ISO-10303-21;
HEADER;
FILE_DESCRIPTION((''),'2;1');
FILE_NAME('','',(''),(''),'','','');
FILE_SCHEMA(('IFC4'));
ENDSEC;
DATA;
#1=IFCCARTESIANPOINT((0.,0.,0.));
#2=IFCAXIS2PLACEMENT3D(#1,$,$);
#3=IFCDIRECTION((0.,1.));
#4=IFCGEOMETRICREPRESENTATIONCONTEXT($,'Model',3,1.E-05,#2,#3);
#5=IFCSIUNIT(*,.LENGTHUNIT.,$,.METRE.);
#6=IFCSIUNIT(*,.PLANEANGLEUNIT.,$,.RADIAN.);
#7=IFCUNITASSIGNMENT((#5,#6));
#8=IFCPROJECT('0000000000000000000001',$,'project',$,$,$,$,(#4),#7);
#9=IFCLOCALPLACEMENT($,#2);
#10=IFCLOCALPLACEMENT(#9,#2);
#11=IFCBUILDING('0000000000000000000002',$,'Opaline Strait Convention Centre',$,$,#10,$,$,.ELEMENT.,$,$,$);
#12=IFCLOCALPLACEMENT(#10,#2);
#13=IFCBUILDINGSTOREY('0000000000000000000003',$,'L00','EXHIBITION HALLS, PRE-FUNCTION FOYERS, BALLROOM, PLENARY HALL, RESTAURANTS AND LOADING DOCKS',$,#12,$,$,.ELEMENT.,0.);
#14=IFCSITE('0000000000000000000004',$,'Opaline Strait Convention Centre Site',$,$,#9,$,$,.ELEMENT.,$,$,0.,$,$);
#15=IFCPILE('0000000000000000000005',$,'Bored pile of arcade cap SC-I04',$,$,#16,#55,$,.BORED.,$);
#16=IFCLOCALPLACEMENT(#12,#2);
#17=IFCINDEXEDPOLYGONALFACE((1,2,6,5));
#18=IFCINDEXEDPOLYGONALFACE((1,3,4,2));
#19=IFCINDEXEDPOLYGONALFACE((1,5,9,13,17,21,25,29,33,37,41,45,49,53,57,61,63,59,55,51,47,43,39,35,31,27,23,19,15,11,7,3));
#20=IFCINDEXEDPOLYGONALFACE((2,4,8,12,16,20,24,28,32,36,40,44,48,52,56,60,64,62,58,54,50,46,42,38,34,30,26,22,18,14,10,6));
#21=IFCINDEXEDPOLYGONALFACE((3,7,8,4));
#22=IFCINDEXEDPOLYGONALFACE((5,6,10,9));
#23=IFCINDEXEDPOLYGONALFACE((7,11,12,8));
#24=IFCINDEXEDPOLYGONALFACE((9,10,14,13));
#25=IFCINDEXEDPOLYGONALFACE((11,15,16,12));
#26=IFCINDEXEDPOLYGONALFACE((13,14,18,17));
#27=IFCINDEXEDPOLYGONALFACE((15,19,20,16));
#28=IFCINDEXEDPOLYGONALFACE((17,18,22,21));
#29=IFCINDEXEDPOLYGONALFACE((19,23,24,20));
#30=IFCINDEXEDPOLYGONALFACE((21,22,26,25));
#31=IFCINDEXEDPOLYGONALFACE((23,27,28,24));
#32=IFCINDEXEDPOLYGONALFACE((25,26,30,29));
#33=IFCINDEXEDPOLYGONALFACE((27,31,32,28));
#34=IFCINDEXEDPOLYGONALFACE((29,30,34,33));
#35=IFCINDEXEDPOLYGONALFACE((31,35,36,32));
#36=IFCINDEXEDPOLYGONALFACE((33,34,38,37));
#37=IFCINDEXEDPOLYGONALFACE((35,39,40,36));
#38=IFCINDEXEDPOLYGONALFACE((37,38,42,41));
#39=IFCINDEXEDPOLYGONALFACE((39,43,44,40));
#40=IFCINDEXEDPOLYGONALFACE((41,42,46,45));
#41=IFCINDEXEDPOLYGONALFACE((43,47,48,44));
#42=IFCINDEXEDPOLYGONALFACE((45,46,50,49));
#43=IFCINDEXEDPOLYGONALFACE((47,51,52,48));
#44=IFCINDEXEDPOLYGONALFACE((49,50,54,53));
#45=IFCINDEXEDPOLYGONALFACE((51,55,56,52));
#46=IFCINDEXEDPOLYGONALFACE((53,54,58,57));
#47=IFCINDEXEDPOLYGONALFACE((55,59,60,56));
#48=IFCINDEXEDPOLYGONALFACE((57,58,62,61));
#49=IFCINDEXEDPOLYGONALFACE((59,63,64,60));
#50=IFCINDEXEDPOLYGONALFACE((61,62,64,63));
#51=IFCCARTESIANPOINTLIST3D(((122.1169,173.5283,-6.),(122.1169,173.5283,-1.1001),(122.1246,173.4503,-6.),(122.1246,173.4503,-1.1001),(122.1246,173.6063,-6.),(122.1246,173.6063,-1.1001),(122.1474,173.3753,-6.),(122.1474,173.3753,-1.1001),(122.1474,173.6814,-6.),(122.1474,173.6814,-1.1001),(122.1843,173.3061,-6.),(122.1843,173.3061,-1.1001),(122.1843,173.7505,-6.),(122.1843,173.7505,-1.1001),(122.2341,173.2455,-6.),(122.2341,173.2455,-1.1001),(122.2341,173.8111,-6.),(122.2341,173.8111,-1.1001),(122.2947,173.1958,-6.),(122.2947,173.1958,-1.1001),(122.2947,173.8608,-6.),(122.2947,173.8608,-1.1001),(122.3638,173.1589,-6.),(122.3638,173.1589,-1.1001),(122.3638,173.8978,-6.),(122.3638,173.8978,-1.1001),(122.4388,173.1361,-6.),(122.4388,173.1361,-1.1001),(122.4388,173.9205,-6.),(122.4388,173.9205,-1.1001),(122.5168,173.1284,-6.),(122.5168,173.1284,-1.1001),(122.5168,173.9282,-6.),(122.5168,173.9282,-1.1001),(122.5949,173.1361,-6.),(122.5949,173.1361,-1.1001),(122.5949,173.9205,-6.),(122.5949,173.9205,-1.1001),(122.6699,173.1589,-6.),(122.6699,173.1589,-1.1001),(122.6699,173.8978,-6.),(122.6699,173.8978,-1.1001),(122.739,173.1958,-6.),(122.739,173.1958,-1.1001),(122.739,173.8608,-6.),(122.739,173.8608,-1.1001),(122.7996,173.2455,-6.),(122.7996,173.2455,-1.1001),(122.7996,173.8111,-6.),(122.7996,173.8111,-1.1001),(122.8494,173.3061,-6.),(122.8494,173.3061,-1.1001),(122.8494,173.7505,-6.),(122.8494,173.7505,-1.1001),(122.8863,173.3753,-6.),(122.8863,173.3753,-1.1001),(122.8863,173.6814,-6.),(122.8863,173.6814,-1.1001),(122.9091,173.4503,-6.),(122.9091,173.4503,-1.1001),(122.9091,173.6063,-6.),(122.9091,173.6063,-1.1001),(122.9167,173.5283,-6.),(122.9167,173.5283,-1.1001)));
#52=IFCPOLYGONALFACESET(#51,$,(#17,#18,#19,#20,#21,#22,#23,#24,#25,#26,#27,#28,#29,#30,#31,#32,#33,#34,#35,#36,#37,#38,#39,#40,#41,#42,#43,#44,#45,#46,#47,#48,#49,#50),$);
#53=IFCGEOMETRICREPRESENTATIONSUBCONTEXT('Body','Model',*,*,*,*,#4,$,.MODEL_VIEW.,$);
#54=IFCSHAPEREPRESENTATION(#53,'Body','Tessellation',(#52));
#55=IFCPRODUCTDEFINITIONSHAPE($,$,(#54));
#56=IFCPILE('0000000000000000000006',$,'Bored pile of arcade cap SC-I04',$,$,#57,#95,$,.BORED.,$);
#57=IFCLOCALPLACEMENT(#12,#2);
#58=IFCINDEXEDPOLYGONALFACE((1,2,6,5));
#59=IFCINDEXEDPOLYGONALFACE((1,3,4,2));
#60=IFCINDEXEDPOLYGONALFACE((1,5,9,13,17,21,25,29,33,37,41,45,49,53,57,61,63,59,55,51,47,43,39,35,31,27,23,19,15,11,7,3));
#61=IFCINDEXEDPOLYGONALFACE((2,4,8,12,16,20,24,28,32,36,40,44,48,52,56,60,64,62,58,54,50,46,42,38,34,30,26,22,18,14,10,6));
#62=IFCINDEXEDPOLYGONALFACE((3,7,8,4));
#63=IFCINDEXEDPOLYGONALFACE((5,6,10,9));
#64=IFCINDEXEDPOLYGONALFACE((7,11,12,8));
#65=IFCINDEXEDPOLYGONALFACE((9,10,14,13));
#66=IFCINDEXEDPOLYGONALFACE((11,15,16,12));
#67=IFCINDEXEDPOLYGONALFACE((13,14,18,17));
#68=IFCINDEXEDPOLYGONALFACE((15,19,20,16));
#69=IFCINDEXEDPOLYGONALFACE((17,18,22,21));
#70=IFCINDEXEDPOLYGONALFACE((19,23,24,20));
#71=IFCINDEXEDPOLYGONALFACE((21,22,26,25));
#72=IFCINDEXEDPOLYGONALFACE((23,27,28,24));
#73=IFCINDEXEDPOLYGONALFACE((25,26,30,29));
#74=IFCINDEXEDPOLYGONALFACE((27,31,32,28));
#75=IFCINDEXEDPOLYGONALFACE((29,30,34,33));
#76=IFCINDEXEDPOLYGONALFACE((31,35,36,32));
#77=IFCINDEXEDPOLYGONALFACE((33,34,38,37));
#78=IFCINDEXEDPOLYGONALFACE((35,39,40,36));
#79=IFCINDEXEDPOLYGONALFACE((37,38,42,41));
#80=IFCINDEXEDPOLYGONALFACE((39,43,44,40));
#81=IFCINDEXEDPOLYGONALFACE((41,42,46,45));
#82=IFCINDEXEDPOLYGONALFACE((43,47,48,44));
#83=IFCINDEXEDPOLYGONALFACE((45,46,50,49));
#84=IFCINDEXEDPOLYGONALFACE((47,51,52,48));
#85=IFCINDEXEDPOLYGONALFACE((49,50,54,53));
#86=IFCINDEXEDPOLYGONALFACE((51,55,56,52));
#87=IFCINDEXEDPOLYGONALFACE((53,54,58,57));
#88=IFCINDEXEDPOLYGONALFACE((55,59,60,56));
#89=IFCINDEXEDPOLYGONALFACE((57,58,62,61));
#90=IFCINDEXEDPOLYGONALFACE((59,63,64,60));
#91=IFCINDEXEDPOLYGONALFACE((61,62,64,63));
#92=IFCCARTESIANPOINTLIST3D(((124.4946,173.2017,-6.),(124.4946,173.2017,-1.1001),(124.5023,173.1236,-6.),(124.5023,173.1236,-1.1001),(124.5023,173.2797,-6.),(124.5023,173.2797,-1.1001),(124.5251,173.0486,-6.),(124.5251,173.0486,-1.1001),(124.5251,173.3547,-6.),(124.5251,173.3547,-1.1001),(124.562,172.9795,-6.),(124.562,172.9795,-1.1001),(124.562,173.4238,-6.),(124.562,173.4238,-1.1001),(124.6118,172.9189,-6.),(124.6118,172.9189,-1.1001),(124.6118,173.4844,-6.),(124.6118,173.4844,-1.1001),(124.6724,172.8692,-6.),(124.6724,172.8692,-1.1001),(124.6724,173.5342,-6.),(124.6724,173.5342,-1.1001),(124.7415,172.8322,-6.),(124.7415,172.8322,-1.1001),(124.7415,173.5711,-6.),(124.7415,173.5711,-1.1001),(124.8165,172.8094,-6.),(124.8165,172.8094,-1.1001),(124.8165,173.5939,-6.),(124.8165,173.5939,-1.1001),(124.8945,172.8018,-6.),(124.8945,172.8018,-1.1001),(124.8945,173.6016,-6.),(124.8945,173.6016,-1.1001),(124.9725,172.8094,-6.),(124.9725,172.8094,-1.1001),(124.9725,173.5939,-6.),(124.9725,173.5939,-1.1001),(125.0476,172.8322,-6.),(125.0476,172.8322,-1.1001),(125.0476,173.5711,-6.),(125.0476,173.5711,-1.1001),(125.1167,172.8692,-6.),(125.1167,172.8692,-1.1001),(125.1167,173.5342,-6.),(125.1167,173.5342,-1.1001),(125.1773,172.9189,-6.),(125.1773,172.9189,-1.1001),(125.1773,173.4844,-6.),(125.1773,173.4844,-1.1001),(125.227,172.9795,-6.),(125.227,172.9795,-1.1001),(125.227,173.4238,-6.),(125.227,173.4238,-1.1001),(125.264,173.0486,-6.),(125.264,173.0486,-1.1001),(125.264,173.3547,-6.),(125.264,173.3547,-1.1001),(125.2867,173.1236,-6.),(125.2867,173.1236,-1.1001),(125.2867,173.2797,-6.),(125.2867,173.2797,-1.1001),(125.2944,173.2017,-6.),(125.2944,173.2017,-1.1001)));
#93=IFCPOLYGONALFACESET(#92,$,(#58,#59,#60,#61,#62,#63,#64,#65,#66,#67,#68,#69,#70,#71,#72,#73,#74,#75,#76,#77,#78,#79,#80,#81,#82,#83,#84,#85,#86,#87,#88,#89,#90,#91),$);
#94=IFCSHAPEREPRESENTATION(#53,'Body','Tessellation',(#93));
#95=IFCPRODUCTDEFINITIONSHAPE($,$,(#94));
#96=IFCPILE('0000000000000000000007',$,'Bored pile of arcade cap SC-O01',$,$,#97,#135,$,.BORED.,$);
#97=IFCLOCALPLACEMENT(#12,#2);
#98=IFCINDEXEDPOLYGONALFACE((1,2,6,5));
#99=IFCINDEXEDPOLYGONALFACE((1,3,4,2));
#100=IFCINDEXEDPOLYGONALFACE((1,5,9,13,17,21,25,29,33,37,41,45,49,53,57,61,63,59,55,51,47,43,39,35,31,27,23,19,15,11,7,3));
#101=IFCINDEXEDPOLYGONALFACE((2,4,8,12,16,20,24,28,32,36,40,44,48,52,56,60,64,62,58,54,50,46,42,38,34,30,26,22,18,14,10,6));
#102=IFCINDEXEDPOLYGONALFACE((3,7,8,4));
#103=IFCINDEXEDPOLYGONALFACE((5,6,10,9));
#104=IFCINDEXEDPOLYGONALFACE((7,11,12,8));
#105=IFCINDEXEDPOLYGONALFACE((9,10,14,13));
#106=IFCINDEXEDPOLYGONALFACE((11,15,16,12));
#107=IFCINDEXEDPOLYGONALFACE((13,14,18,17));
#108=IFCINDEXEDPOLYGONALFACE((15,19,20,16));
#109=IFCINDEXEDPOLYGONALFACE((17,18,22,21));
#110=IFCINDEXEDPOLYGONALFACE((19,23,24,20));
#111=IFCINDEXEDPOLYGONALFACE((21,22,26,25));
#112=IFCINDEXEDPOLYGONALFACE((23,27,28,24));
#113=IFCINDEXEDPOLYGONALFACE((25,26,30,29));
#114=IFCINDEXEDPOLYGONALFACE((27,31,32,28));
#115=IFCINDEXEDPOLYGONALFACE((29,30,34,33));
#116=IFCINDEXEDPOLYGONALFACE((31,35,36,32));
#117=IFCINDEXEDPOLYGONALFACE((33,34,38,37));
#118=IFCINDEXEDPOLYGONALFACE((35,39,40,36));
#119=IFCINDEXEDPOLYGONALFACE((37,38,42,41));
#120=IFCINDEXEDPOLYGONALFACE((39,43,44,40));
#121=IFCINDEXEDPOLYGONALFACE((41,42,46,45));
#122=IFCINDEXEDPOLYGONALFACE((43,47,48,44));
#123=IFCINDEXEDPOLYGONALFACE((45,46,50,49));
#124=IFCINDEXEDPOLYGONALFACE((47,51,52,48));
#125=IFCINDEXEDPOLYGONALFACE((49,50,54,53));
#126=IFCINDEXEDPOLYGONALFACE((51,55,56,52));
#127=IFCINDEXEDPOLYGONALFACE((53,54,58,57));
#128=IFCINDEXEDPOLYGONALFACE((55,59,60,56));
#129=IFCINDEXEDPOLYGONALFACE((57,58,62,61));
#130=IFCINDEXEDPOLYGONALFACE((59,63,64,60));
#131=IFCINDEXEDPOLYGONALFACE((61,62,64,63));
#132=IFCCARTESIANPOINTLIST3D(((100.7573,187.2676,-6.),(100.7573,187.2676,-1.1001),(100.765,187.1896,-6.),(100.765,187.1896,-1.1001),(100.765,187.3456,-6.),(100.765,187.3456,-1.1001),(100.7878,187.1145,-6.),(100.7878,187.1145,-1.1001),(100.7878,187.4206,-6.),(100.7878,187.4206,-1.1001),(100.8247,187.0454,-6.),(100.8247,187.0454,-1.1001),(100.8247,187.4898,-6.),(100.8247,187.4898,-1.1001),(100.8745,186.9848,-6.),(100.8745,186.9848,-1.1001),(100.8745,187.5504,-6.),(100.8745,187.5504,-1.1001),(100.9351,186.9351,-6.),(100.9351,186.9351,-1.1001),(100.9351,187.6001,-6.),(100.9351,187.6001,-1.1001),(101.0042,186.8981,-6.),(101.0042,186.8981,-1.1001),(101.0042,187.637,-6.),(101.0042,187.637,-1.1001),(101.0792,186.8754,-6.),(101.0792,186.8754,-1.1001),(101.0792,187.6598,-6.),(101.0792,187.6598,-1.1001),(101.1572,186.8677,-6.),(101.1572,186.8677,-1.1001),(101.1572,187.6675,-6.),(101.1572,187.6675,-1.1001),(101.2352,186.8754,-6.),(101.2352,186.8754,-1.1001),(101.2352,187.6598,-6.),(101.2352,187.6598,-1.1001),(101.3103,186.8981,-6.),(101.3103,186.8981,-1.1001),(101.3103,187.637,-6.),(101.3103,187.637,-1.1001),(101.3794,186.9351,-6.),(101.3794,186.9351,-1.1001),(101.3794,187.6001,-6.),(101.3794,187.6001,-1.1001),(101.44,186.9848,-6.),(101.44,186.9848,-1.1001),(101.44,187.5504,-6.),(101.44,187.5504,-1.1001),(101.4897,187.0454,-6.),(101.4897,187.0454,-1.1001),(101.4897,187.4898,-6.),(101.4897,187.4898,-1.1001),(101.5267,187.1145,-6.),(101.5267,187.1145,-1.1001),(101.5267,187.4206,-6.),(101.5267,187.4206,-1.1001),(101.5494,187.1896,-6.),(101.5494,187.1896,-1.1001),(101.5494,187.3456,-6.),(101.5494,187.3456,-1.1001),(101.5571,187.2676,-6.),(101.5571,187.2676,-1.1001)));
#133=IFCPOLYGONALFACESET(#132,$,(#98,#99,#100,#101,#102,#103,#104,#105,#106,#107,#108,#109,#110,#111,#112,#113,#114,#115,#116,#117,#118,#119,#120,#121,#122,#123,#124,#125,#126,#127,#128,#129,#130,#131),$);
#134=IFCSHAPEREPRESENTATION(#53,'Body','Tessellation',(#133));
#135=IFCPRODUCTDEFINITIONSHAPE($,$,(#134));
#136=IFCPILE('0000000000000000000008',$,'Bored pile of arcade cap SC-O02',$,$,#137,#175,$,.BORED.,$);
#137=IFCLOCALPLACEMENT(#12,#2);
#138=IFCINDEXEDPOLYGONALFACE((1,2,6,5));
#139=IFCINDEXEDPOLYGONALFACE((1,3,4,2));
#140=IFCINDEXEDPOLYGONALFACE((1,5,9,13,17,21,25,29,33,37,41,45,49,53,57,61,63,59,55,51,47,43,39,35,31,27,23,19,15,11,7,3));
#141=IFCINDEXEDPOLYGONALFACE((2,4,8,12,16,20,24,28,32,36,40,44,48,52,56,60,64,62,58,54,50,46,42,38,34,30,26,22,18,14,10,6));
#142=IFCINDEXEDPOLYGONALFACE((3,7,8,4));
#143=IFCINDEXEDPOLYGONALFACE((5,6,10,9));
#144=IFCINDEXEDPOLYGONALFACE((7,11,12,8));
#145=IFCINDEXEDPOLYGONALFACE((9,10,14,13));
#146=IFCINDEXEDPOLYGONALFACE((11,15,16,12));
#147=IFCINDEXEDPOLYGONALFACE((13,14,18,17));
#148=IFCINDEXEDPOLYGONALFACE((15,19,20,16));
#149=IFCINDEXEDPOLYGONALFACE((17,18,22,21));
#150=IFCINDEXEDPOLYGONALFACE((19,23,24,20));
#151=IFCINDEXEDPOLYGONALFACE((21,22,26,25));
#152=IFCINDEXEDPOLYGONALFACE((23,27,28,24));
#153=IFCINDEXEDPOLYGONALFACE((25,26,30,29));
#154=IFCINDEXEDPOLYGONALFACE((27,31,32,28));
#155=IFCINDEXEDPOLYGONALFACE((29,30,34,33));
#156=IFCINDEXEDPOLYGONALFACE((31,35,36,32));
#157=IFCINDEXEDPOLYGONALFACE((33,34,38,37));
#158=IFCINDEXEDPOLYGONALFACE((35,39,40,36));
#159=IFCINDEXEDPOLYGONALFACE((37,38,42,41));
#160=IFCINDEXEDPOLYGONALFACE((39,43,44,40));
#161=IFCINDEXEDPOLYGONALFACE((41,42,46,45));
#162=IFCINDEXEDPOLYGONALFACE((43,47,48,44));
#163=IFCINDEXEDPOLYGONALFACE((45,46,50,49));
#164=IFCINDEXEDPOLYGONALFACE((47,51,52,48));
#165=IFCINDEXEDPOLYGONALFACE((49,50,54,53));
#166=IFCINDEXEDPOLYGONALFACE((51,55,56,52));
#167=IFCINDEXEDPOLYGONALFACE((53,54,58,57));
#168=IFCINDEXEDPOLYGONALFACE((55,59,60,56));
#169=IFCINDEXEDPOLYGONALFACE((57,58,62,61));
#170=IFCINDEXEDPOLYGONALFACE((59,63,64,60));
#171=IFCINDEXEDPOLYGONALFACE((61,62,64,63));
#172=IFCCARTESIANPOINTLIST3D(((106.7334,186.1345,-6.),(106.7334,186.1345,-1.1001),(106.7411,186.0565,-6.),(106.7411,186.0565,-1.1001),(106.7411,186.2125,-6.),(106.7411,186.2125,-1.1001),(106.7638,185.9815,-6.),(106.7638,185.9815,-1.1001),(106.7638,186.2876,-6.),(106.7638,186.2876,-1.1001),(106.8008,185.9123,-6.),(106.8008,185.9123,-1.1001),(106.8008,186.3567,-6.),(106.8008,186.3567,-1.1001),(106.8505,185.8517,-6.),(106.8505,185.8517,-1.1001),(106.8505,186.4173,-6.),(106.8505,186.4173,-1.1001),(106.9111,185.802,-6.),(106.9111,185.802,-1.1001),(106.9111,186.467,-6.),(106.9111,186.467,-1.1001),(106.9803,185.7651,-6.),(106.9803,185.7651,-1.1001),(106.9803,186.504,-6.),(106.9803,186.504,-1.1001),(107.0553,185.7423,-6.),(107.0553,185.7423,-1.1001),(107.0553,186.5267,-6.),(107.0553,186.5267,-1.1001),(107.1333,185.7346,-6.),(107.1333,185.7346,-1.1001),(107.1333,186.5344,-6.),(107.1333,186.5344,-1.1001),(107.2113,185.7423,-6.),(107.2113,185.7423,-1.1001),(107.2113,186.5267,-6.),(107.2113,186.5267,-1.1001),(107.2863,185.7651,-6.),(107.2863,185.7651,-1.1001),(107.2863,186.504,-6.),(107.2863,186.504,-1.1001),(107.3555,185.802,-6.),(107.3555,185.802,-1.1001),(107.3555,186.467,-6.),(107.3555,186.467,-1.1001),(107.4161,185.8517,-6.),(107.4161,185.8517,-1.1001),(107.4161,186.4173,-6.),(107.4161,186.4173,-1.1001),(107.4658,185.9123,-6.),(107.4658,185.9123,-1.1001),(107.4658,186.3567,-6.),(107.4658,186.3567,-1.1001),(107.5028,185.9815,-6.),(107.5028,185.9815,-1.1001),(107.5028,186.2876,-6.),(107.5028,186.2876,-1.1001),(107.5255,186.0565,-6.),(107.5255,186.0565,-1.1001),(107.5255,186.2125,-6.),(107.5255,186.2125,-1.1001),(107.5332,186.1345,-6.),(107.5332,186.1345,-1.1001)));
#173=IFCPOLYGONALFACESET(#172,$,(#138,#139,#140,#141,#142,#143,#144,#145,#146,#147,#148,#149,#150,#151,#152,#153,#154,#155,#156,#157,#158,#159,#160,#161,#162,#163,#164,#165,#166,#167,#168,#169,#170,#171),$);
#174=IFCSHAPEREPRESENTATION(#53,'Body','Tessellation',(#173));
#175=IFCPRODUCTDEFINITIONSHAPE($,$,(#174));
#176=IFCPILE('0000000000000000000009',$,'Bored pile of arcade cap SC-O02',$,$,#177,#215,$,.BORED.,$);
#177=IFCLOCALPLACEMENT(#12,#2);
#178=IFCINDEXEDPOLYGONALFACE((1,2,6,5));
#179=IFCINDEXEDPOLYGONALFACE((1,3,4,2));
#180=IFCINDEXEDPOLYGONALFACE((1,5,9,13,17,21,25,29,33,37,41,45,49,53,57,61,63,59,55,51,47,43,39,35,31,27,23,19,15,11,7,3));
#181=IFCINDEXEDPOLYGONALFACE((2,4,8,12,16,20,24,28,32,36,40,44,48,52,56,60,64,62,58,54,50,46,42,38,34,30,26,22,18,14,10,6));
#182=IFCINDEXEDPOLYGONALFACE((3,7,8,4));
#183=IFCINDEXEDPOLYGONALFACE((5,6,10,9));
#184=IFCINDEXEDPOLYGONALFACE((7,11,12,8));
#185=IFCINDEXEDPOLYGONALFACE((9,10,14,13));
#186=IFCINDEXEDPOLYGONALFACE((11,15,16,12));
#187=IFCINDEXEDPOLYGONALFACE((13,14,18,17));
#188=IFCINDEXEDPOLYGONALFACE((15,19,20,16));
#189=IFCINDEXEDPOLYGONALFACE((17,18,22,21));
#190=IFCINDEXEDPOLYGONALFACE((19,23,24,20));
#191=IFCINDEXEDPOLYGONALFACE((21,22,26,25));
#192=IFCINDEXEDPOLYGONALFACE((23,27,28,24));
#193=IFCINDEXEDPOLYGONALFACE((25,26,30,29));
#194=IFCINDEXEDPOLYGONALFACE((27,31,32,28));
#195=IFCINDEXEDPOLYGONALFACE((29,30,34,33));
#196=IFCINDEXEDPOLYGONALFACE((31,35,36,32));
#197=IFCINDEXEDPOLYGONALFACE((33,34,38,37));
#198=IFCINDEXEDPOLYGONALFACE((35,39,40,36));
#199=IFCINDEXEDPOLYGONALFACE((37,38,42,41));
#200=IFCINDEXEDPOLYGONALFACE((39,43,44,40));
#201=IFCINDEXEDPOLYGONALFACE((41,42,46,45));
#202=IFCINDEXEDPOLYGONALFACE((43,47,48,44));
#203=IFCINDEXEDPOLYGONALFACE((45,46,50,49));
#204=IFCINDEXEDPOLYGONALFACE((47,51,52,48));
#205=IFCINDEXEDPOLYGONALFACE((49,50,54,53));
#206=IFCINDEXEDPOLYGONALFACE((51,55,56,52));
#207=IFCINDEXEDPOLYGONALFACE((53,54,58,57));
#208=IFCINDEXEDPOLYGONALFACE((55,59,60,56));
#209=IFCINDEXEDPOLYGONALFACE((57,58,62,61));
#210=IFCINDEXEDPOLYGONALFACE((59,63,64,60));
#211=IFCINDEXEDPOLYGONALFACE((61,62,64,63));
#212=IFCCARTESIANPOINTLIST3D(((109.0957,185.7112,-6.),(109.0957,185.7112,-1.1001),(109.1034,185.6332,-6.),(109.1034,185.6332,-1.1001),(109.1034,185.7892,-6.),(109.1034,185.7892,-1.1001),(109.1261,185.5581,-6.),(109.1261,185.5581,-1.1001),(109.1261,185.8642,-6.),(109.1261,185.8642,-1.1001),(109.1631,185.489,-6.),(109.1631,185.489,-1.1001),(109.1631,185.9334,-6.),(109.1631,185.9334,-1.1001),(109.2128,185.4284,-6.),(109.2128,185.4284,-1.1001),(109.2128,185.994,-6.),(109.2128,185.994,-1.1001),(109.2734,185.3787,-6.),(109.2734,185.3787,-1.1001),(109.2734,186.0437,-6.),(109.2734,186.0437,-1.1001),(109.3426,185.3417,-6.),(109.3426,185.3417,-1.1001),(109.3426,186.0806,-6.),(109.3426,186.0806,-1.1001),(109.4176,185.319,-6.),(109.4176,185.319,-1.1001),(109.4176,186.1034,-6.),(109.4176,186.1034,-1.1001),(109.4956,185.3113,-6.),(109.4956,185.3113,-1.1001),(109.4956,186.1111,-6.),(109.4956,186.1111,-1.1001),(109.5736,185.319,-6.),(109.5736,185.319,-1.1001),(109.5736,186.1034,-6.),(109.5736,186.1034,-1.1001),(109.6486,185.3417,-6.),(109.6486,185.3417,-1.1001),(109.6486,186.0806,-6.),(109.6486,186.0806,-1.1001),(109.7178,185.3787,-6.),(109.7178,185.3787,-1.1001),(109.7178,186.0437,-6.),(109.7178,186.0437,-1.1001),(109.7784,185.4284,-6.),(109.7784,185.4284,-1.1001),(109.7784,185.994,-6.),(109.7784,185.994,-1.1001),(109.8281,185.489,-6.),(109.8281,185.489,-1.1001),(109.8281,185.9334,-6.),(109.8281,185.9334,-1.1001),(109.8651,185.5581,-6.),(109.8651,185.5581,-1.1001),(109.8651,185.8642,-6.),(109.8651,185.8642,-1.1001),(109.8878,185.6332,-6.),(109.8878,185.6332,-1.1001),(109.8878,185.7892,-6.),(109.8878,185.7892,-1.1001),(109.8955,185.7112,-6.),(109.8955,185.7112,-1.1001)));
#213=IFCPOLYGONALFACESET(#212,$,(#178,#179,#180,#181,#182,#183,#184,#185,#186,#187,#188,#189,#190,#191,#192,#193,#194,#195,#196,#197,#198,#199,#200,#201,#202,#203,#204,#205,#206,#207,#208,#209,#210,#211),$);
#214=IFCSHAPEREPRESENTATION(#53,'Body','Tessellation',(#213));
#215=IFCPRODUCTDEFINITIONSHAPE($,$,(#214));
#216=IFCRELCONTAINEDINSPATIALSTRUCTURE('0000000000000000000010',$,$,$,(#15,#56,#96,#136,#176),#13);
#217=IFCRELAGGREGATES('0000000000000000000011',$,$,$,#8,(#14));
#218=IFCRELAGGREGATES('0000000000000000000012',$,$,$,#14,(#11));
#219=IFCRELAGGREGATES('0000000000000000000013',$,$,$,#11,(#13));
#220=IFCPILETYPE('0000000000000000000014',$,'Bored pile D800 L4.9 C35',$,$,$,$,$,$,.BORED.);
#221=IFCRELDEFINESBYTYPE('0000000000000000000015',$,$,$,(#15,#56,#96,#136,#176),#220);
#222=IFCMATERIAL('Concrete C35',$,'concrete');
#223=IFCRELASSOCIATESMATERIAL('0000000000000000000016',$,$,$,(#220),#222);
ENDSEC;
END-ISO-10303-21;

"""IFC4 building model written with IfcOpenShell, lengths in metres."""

from ifc_helpers import new_model, si_unit, direction, frame, origin, origin_2d, place, context, subcontext, project, spatial, circle, extrude, material, material_profile, profile_set, type_object, element, save


model = new_model("IFC4")

# Units and contexts
model_context = context("Model", 3, precision=1e-05, world=origin(), true_north=direction((0.0, 1.0)))
body_context = subcontext(model_context, "Body", "Model", "MODEL_VIEW")
ifc_project = project(units=[si_unit("LENGTHUNIT", "METRE"), si_unit("PLANEANGLEUNIT", "RADIAN")], contexts=[model_context])

# Site, building, storey
site_placement = place(None, origin())
site = spatial("IfcSite", under=ifc_project, at=site_placement, Name="Opaline Strait Convention Centre Site", CompositionType="ELEMENT", RefElevation=0.0)
building_placement = place(site_placement, origin())
building = spatial("IfcBuilding", under=site, at=building_placement, Name="Opaline Strait Convention Centre", CompositionType="ELEMENT")
storey_placement = place(building_placement, origin())
storey = spatial("IfcBuildingStorey", under=building, at=storey_placement, Name="L00", Description="EXHIBITION HALLS, PRE-FUNCTION FOYERS, BALLROOM, PLENARY HALL, RESTAURANTS AND LOADING DOCKS", CompositionType="ELEMENT", Elevation=0.0)

# Piles
ifc_material_1 = material(Name="Concrete C35", Category="concrete")
ifc_material_profile_1 = material_profile(ifc_material_1, circle(Radius=0.3999, at=origin_2d()), Name="D800")
ifc_profile_set_1 = profile_set([ifc_material_profile_1], Name="Concrete C35")
pile_type_1 = type_object("IfcPileType", Name="Bored pile D800 L4.9 C35", PredefinedType="BORED", material=ifc_profile_set_1)
for number, where, z_axis, x_axis, name in (
    (1, (122.5168, 173.5283, -1.1001), (0.0, 0.0, -1.0), (1.0, 0.0, 0.0), "Bored pile of arcade cap SC-I04"),
    (2, (124.8945, 173.2017, -1.1001), (0.0, 0.0, -1.0), (1.0, 0.0, 0.0), "Bored pile of arcade cap SC-I04"),
    (3, (101.1572, 187.2676, -1.1001), (0.0, 0.0, -1.0), (1.0, 0.0, 0.0), "Bored pile of arcade cap SC-O01"),
    (4, (107.1333, 186.1345, -1.1001), (0.0, 0.0, -1.0), (1.0, 0.0, 0.0), "Bored pile of arcade cap SC-O02"),
    (5, (109.4956, 185.7112, -1.1001), (0.0, 0.0, -1.0), (1.0, 0.0, 0.0), "Bored pile of arcade cap SC-O02"),
):
    element("IfcPile", number, at=place(storey_placement, frame(where, z_axis=z_axis, x_axis=x_axis)), inside=storey, type_object=pile_type_1, Name=name, PredefinedType="BORED", context=body_context, shape_type="SweptSolid", body=[
        extrude(circle(Radius=0.3999, at=origin_2d()), origin(), (0.0, 0.0, 1.0), 4.8999),
    ])

save(model, "model.ifc")
